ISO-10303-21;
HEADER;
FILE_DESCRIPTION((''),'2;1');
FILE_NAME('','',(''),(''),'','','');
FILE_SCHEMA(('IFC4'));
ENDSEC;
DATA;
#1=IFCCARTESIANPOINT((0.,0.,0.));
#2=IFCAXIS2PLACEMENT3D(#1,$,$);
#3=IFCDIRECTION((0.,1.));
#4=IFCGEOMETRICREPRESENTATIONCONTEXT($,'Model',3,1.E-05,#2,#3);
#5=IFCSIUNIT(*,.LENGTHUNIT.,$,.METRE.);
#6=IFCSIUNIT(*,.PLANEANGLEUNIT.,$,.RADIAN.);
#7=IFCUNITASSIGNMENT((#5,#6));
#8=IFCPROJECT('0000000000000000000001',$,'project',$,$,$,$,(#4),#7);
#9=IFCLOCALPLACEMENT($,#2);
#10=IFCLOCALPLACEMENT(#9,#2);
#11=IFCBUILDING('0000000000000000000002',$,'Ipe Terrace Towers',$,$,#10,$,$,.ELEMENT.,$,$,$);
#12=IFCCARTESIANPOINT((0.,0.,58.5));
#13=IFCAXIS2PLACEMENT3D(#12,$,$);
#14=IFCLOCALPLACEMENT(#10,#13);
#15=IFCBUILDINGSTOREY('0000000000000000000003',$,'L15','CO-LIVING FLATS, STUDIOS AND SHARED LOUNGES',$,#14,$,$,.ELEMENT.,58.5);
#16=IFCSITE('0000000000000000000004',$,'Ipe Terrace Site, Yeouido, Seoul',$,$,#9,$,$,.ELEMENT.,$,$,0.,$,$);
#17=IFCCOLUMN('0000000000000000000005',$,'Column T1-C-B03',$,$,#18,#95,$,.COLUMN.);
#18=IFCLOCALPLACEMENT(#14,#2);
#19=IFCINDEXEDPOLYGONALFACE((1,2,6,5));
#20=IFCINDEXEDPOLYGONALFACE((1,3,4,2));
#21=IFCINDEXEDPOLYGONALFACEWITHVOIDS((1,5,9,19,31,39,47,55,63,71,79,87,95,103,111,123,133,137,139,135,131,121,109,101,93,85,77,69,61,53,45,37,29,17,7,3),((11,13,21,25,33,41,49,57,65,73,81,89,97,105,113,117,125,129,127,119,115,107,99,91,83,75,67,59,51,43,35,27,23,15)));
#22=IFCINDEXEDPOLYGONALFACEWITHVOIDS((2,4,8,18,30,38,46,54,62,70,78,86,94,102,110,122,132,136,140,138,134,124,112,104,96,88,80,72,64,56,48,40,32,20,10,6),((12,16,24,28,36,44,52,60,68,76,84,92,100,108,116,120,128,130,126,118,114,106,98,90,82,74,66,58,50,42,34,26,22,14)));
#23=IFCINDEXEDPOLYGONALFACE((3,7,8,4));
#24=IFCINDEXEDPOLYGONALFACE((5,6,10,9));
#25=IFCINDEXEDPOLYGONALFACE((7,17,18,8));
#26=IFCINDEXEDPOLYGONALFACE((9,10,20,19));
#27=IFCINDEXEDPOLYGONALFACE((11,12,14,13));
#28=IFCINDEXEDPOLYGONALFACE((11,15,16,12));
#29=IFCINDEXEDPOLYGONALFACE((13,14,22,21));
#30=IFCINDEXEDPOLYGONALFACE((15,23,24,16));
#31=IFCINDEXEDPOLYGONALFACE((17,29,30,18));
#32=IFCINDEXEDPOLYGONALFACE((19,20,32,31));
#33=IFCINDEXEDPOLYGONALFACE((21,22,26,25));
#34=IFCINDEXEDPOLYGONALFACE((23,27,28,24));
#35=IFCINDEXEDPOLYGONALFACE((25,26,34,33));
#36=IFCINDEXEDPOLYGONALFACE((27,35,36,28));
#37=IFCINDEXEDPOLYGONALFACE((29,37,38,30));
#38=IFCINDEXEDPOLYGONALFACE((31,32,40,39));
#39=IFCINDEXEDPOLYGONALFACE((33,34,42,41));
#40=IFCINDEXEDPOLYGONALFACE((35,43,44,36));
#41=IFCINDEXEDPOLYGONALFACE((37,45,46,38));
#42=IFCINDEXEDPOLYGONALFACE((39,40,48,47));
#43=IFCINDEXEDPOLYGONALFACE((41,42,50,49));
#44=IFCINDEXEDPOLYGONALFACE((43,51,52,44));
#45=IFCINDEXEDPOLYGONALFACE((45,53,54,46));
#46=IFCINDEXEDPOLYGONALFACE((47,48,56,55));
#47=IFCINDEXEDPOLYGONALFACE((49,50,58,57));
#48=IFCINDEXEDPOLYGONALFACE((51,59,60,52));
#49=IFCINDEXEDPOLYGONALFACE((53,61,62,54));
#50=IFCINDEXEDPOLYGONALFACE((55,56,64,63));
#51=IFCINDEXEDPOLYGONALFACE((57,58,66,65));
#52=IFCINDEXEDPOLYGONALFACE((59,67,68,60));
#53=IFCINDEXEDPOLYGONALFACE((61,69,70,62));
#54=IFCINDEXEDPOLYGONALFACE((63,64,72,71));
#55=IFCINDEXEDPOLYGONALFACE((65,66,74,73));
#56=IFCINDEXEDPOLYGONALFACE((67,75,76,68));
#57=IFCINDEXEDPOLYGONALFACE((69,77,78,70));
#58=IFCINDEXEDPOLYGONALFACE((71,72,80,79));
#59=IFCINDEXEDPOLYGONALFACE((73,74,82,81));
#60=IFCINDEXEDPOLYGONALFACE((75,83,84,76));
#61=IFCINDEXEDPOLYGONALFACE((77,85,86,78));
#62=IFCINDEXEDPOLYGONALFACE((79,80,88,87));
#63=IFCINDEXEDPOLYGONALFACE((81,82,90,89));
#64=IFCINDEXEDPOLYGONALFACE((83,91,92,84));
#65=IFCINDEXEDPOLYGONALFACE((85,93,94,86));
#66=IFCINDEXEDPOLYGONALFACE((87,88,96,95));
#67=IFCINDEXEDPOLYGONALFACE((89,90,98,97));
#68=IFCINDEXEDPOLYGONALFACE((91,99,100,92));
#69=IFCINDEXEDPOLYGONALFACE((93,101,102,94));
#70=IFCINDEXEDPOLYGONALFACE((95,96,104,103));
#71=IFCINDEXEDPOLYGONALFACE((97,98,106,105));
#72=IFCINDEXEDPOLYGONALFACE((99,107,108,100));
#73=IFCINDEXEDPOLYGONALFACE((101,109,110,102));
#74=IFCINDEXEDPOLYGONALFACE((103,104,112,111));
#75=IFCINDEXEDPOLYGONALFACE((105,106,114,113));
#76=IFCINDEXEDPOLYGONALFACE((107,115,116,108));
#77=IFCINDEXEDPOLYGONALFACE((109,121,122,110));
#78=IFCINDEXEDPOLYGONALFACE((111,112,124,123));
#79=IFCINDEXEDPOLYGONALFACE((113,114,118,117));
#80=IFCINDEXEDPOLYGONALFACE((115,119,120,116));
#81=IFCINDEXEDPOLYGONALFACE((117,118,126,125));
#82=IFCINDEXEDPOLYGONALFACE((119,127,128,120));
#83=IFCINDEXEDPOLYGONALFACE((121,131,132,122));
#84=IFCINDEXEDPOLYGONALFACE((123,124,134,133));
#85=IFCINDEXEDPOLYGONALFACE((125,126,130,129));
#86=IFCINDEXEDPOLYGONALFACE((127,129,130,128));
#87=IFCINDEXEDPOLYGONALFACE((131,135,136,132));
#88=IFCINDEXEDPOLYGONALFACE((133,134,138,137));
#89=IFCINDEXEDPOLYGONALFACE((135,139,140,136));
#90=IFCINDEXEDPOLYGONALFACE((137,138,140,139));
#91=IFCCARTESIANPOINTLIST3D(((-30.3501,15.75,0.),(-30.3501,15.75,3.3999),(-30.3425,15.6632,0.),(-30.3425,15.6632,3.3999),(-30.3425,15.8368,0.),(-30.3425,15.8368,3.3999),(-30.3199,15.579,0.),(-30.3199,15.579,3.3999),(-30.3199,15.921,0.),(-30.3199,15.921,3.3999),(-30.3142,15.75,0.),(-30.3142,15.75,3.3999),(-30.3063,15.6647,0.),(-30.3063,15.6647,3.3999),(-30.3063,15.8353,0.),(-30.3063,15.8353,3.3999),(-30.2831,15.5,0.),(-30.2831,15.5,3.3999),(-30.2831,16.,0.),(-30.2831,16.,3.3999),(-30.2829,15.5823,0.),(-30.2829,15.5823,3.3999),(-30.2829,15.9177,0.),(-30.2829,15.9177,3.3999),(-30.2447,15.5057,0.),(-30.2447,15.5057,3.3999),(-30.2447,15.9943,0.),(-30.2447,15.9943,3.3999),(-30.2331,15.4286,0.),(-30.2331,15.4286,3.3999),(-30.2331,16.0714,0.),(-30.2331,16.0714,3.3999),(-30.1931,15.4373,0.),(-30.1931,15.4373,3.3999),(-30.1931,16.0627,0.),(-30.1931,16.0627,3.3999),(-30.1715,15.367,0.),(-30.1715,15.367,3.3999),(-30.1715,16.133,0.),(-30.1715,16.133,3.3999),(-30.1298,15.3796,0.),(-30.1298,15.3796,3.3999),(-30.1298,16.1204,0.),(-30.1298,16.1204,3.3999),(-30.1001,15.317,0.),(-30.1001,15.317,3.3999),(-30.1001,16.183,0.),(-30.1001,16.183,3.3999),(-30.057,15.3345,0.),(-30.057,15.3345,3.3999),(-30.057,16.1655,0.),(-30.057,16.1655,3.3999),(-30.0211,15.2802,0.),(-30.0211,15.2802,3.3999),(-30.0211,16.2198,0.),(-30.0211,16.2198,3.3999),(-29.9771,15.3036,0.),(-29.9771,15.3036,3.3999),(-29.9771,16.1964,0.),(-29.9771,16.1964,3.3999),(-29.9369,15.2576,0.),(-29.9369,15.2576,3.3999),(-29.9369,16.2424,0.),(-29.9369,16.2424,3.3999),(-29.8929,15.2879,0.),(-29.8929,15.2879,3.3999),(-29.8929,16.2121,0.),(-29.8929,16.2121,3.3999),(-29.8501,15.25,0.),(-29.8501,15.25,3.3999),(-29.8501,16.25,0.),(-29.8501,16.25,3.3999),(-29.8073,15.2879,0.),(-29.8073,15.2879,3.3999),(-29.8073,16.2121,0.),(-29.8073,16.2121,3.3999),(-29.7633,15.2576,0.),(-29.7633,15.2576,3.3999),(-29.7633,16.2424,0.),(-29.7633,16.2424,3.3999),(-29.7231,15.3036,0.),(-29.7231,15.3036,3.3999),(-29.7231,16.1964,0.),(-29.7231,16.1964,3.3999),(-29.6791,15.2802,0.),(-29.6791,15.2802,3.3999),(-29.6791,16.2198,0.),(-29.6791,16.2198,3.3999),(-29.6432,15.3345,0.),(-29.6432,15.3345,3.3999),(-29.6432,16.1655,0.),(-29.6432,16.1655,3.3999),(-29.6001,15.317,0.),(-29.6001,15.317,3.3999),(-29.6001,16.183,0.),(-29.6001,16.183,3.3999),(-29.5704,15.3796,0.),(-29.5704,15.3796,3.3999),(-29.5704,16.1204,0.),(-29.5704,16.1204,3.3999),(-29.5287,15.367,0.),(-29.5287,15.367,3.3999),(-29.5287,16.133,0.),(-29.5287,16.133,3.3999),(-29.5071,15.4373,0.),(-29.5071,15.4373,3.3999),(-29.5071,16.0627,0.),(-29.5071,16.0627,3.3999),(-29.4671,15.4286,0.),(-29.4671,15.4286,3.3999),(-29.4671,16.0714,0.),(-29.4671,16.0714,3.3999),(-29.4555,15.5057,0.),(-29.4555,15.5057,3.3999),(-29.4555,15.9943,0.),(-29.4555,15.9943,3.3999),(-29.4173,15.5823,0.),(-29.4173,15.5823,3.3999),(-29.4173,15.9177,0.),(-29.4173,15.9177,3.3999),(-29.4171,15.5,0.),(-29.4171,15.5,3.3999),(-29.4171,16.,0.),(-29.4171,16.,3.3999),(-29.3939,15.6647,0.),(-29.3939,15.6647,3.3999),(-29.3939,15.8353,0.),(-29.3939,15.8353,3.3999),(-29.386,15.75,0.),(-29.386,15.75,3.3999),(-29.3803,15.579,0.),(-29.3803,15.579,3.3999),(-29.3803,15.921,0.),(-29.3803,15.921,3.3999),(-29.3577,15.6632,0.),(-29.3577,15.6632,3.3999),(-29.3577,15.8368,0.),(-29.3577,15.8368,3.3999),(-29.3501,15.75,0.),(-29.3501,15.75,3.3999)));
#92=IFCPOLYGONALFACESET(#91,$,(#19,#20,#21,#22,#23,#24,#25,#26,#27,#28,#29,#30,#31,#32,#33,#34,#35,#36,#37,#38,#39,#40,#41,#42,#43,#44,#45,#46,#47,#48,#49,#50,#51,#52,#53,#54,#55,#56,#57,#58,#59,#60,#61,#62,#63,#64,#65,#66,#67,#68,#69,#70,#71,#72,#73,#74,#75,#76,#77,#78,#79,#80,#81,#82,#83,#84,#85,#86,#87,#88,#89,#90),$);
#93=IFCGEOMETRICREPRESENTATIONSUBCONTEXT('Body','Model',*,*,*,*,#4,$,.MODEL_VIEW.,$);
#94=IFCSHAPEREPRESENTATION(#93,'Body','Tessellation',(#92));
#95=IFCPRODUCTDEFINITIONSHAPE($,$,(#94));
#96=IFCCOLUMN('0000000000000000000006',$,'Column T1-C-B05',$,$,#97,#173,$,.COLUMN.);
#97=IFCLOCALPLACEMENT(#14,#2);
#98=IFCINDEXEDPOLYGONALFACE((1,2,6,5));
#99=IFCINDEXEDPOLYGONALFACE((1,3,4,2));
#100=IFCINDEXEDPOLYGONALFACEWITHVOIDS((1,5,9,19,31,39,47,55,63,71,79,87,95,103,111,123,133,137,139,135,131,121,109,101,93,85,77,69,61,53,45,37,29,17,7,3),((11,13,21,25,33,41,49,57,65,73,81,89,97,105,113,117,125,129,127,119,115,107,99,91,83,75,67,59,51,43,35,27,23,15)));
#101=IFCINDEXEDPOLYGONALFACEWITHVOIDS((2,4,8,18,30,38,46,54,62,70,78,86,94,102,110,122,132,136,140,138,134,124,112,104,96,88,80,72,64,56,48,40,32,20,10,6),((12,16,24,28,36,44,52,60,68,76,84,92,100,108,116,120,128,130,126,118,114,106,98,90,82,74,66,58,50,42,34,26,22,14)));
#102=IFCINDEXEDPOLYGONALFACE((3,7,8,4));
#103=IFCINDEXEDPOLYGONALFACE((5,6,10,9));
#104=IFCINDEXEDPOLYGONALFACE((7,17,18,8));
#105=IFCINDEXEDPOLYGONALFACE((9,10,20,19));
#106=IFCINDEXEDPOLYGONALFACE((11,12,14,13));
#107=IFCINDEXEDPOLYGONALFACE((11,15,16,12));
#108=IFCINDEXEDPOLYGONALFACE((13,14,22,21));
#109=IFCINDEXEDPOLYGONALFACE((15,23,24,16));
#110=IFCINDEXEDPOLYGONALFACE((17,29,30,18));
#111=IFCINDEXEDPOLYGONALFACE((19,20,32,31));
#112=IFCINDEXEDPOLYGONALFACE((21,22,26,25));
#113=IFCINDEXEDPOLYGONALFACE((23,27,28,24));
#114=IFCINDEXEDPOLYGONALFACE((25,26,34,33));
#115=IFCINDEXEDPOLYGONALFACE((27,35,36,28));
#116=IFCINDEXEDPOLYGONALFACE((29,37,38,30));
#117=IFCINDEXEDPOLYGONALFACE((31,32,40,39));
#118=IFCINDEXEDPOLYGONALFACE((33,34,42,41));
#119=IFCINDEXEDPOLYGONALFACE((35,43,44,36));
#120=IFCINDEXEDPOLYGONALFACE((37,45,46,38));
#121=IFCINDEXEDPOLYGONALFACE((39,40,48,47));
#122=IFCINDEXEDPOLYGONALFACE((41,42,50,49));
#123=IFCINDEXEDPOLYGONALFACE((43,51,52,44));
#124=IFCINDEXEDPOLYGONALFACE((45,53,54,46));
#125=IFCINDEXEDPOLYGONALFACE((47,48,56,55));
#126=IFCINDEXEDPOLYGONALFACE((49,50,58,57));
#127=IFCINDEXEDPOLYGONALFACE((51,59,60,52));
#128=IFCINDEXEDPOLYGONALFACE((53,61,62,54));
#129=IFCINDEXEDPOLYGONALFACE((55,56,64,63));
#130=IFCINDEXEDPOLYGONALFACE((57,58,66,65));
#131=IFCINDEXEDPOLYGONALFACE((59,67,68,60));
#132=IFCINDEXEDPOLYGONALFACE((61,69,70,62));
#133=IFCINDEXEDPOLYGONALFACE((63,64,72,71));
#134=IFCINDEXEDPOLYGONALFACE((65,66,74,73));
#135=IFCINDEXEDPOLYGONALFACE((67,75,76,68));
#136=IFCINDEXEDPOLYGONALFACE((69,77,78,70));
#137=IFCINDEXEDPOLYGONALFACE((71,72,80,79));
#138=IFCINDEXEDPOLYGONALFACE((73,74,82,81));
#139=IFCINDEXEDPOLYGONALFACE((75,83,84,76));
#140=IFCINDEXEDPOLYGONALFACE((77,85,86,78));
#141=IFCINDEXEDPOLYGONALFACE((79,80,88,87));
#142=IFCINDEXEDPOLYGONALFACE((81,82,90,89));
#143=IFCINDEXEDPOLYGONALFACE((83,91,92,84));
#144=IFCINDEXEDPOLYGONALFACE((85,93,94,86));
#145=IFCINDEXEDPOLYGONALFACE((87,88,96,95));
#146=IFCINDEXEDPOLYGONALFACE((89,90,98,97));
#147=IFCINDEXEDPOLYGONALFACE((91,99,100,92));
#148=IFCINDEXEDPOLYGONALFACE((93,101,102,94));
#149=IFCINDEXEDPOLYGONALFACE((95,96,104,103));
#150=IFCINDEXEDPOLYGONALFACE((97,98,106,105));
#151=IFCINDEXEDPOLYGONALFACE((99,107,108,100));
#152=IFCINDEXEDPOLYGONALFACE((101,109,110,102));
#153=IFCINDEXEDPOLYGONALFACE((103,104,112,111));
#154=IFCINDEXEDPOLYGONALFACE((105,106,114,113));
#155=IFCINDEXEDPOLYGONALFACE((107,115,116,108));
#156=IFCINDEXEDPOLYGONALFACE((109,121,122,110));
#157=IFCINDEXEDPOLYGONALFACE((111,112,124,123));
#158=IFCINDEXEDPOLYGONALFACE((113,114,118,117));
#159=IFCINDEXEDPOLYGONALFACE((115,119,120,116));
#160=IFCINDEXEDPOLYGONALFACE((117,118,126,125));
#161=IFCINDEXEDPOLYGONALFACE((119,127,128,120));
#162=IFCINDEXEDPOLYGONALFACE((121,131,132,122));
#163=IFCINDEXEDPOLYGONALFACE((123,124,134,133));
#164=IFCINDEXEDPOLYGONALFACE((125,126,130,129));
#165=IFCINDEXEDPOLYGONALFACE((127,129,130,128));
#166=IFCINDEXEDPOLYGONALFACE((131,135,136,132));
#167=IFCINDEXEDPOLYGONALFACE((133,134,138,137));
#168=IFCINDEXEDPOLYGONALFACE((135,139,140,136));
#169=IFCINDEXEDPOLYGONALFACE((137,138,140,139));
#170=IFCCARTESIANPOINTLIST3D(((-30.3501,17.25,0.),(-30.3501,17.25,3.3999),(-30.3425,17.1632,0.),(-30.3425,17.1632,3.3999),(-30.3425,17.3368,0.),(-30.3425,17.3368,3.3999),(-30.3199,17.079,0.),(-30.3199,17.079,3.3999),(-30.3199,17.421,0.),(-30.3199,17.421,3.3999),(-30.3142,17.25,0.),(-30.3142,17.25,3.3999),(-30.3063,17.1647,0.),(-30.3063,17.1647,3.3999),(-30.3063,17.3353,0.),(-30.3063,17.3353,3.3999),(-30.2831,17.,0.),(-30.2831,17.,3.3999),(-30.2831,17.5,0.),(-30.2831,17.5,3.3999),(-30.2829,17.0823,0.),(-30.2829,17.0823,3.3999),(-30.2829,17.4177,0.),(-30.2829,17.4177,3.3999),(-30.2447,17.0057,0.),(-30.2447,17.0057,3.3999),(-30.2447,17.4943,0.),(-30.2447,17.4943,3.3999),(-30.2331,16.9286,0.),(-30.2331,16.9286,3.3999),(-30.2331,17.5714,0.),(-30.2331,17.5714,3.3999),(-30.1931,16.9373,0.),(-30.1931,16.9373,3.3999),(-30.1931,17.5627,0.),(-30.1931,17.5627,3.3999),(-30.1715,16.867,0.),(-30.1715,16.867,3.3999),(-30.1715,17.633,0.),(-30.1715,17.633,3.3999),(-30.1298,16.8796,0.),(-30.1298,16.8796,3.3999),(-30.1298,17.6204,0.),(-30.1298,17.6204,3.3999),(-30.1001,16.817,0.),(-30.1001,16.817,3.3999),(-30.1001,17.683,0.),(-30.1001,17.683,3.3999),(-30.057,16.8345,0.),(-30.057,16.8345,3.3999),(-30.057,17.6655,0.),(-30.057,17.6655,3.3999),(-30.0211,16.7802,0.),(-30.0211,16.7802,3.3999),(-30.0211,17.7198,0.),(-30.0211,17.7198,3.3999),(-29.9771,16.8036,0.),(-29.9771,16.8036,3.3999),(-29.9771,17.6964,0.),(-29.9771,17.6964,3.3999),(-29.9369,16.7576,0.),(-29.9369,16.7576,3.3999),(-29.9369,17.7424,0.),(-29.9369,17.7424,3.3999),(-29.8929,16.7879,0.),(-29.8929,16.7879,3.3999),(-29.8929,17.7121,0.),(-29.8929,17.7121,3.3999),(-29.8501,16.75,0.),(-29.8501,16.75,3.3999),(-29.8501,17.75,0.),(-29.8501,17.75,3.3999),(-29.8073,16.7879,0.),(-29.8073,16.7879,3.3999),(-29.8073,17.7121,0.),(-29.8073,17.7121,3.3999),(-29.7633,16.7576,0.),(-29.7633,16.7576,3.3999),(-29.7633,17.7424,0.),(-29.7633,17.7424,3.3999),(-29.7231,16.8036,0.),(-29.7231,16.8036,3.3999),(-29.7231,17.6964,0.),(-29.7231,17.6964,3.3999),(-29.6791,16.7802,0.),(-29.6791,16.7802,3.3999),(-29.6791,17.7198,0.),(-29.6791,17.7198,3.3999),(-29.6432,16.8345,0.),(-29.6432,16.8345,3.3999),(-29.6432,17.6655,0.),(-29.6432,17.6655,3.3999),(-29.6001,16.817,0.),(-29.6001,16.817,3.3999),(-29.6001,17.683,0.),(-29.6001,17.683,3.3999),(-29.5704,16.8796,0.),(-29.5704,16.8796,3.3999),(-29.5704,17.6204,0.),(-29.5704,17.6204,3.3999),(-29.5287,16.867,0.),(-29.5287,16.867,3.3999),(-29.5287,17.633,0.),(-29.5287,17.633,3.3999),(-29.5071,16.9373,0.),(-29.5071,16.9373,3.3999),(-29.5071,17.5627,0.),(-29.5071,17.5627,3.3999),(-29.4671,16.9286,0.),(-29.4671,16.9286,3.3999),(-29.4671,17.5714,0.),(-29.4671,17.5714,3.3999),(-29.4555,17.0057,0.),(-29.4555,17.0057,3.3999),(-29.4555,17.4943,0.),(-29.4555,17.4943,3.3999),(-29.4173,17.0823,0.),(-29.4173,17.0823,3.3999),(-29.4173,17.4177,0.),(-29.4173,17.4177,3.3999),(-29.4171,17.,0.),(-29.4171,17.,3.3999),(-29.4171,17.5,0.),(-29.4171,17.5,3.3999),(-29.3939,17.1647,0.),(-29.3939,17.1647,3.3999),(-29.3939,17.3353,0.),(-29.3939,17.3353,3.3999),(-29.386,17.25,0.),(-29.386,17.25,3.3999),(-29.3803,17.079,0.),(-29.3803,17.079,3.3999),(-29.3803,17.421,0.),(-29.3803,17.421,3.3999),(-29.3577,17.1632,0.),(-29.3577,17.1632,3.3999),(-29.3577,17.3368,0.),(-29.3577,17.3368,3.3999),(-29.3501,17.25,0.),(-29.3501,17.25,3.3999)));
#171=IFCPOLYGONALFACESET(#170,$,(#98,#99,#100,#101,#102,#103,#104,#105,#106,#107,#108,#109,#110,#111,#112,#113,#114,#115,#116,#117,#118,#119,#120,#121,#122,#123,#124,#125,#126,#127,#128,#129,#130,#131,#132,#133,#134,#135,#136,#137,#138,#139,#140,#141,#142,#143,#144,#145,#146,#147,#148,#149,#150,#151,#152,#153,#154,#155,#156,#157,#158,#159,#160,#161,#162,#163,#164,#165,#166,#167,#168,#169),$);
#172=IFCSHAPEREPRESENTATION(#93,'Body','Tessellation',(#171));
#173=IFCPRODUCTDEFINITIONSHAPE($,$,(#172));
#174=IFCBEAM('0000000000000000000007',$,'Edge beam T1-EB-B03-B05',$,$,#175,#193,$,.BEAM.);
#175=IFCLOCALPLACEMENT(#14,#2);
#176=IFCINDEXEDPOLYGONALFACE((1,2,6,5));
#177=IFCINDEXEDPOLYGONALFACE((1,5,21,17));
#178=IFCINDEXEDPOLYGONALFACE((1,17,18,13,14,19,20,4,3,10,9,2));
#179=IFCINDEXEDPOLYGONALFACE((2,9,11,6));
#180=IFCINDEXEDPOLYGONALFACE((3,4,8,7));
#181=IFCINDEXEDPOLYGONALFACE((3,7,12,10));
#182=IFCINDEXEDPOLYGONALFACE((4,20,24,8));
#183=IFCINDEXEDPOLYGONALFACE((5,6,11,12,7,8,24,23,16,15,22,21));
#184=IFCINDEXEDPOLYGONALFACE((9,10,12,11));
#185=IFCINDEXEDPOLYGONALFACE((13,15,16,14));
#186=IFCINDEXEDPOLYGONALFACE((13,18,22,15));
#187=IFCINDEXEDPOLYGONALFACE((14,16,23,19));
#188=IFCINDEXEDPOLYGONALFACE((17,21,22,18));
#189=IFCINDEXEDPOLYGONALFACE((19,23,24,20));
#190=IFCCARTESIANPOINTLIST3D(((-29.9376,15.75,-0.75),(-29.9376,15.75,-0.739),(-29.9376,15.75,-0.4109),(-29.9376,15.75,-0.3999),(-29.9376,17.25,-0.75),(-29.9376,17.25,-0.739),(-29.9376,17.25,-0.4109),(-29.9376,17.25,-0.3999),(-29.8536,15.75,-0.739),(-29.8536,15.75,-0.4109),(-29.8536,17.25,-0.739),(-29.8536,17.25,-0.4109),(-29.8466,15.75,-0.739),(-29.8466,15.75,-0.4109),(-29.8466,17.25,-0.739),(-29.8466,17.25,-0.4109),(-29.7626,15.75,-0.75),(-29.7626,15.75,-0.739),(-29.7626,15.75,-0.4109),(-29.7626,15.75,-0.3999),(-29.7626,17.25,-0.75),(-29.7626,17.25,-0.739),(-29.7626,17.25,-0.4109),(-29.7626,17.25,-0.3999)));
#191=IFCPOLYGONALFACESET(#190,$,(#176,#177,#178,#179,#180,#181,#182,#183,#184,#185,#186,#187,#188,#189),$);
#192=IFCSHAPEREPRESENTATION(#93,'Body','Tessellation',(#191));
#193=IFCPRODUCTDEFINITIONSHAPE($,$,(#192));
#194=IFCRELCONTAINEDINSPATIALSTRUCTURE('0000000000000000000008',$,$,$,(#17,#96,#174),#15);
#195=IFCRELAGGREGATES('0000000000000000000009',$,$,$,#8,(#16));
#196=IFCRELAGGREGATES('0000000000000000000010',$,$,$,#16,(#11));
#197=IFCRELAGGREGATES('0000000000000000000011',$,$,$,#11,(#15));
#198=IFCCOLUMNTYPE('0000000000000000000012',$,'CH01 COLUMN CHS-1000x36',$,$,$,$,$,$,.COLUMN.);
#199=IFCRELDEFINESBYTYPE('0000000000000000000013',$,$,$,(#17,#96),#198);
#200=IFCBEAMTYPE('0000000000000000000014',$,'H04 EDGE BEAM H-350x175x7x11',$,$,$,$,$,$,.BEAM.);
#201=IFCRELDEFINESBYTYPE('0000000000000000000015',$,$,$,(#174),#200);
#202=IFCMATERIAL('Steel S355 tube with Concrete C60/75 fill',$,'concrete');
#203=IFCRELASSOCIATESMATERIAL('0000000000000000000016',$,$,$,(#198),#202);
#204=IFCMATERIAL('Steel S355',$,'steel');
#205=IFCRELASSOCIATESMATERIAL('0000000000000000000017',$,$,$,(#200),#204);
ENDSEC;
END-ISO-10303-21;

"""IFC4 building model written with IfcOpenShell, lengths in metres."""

from ifc_helpers import new_model, si_unit, direction, frame, origin, origin_2d, place, context, subcontext, project, spatial, hollow_circle, i_section, extrude, material, material_profile, profile_set, type_object, element, save


model = new_model("IFC4")

# Units and contexts
model_context = context("Model", 3, precision=1e-05, world=origin(), true_north=direction((0.0, 1.0)))
body_context = subcontext(model_context, "Body", "Model", "MODEL_VIEW")
ifc_project = project(units=[si_unit("LENGTHUNIT", "METRE"), si_unit("PLANEANGLEUNIT", "RADIAN")], contexts=[model_context])

# Site, building, storey
site_placement = place(None, origin())
site = spatial("IfcSite", under=ifc_project, at=site_placement, Name="Ipe Terrace Site, Yeouido, Seoul", CompositionType="ELEMENT", RefElevation=0.0)
building_placement = place(site_placement, origin())
building = spatial("IfcBuilding", under=site, at=building_placement, Name="Ipe Terrace Towers", CompositionType="ELEMENT")
storey_placement = place(building_placement, frame((0.0, 0.0, 58.5)))
storey = spatial("IfcBuildingStorey", under=building, at=storey_placement, Name="L15", Description="CO-LIVING FLATS, STUDIOS AND SHARED LOUNGES", CompositionType="ELEMENT", Elevation=58.5)

# Columns
ifc_material_1 = material(Name="Steel S355 tube with Concrete C60/75 fill", Category="concrete")
ifc_material_profile_1 = material_profile(ifc_material_1, hollow_circle(Radius=0.5, WallThickness=0.0359, at=origin_2d()), Name="CHS-1000x36")
ifc_profile_set_1 = profile_set([ifc_material_profile_1], Name="Steel S355 tube with Concrete C60/75 fill")
column_type = type_object("IfcColumnType", Name="CH01 COLUMN CHS-1000x36", PredefinedType="COLUMN", material=ifc_profile_set_1)
for number, where, z_axis, x_axis, name in (
    (1, (-29.8501, 15.75, 0.0), (0.0, 0.0, 1.0), (1.0, 0.0, 0.0), "Column T1-C-B03"),
    (2, (-29.8501, 17.25, 0.0), (0.0, 0.0, 1.0), (1.0, 0.0, 0.0), "Column T1-C-B05"),
):
    element("IfcColumn", number, at=place(storey_placement, frame(where, z_axis=z_axis, x_axis=x_axis)), inside=storey, type_object=column_type, Name=name, PredefinedType="COLUMN", context=body_context, shape_type="SweptSolid", body=[
        extrude(hollow_circle(Radius=0.5, WallThickness=0.0359, at=origin_2d()), origin(), (0.0, 0.0, 1.0), 3.3999),
    ])

# Beam
ifc_material_2 = material(Name="Steel S355", Category="steel")
ifc_material_profile_2 = material_profile(ifc_material_2, i_section(OverallWidth=0.175, OverallDepth=0.3501, WebThickness=0.0071, FlangeThickness=0.011, at=origin_2d()), Name="H-350x175x7x11")
ifc_profile_set_2 = profile_set([ifc_material_profile_2], Name="Steel S355")
beam_type = type_object("IfcBeamType", Name="H04 EDGE BEAM H-350x175x7x11", PredefinedType="BEAM", material=ifc_profile_set_2)
beam_placement = place(storey_placement, frame((-29.8501, 15.75, -0.575), z_axis=(0.0, 1.0, 0.0), x_axis=(-1.0, 0.0, 0.0)))
element("IfcBeam", 3, at=beam_placement, inside=storey, type_object=beam_type, Name="Edge beam T1-EB-B03-B05", PredefinedType="BEAM", context=body_context, shape_type="SweptSolid", body=[
    extrude(i_section(OverallWidth=0.175, OverallDepth=0.3501, WebThickness=0.0071, FlangeThickness=0.011, at=origin_2d()), origin(), (0.0, 0.0, 1.0), 1.5),
])

save(model, "model.ifc")
